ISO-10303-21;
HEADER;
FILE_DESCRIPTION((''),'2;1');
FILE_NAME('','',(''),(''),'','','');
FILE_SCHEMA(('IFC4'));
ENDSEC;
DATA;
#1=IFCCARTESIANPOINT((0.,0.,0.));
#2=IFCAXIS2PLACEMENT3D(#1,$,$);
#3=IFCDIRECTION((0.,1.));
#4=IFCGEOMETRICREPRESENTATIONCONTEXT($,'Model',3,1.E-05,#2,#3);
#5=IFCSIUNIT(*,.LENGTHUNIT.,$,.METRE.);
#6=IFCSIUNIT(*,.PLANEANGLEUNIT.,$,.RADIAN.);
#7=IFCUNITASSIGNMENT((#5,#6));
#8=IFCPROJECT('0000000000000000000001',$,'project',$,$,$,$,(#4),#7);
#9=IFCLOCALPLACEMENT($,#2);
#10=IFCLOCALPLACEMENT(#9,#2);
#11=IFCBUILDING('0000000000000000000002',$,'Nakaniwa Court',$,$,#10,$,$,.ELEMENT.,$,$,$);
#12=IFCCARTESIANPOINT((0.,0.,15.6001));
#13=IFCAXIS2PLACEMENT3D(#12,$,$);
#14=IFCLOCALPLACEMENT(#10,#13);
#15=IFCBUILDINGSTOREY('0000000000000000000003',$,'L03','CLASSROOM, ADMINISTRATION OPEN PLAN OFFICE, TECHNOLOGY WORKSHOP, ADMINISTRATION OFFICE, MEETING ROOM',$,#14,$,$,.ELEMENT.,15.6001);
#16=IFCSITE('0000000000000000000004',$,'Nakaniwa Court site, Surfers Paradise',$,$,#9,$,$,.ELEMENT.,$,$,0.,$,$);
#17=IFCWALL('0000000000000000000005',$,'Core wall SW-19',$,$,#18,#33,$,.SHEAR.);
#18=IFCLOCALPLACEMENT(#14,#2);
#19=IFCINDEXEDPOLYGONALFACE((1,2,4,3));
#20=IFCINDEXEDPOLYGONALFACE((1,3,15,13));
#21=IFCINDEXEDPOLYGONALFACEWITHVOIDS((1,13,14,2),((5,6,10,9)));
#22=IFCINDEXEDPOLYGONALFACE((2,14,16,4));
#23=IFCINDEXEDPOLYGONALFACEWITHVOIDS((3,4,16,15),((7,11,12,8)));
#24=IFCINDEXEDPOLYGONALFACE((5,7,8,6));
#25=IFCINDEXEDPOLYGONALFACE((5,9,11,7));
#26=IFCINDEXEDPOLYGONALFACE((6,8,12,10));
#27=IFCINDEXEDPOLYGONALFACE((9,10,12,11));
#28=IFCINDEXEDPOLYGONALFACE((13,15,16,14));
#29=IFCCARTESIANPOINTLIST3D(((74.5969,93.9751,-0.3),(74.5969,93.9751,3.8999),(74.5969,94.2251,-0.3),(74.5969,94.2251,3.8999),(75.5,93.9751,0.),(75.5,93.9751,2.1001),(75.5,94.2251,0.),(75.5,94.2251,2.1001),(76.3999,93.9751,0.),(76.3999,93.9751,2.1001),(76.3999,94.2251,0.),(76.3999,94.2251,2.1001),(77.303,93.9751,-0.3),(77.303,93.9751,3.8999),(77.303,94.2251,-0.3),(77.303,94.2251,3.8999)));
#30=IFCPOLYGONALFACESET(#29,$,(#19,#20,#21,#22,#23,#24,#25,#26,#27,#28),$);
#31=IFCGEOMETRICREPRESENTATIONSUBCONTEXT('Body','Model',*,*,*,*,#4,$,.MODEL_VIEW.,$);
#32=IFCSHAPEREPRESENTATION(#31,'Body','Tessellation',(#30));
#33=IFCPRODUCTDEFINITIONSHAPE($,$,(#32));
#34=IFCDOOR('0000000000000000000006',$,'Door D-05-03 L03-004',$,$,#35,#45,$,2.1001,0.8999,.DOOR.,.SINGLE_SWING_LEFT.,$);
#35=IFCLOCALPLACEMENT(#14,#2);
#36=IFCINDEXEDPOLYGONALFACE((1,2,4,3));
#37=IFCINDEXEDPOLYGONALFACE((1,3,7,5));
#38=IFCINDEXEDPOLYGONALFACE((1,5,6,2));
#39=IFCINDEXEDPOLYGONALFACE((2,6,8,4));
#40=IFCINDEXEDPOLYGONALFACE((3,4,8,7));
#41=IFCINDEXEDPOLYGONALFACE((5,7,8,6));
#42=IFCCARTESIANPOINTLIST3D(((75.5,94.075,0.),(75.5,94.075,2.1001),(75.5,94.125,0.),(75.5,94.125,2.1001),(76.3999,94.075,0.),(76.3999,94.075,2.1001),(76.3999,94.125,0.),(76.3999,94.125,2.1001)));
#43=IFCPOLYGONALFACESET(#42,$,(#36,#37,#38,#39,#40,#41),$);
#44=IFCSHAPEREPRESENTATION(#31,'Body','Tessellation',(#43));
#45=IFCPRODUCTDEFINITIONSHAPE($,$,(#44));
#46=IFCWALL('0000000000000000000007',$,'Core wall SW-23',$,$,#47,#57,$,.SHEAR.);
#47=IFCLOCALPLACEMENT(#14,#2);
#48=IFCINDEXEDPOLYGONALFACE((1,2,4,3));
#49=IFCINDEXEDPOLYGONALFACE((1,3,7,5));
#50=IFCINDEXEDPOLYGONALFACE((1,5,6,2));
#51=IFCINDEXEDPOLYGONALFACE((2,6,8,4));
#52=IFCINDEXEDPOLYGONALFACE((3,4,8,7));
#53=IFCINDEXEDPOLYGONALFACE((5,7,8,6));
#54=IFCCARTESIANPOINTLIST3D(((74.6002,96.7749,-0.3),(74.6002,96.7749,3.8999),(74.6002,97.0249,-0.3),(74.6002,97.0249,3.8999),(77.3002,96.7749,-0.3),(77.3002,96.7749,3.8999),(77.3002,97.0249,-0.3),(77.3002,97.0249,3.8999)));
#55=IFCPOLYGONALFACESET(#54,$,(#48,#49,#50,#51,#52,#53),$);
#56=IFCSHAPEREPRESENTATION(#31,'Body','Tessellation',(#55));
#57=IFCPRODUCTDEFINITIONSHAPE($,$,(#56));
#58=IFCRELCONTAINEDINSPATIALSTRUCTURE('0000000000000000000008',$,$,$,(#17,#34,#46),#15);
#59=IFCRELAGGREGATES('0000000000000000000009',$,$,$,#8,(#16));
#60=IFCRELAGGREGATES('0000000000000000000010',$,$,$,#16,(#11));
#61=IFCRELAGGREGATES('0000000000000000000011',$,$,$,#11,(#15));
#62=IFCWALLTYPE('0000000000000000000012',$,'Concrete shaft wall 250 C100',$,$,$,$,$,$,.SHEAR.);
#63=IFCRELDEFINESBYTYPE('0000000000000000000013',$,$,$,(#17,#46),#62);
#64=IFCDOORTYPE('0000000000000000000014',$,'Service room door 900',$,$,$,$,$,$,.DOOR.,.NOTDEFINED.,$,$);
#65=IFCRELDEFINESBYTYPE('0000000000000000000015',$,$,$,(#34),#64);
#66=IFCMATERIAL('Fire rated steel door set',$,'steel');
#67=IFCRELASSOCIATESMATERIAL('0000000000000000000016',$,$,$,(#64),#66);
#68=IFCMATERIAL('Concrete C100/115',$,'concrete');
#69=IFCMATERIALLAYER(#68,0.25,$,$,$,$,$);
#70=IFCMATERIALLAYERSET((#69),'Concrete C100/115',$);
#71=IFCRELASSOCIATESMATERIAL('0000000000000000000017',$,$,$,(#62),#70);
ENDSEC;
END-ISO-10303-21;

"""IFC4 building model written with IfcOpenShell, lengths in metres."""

from ifc_helpers import new_model, si_unit, direction, frame, frame_2d, origin, place, context, subcontext, project, spatial, rectangle, extrude, material, layer, layer_set, type_object, element, fill, save


model = new_model("IFC4")

# Units and contexts
model_context = context("Model", 3, precision=1e-05, world=origin(), true_north=direction((0.0, 1.0)))
body_context = subcontext(model_context, "Body", "Model", "MODEL_VIEW")
ifc_project = project(units=[si_unit("LENGTHUNIT", "METRE"), si_unit("PLANEANGLEUNIT", "RADIAN")], contexts=[model_context])

# Site, building, storey
site_placement = place(None, origin())
site = spatial("IfcSite", under=ifc_project, at=site_placement, Name="Nakaniwa Court site, Surfers Paradise", CompositionType="ELEMENT", RefElevation=0.0)
building_placement = place(site_placement, origin())
building = spatial("IfcBuilding", under=site, at=building_placement, Name="Nakaniwa Court", CompositionType="ELEMENT")
storey_placement = place(building_placement, frame((0.0, 0.0, 15.6001)))
storey = spatial("IfcBuildingStorey", under=building, at=storey_placement, Name="L03", Description="CLASSROOM, ADMINISTRATION OPEN PLAN OFFICE, TECHNOLOGY WORKSHOP, ADMINISTRATION OFFICE, MEETING ROOM", CompositionType="ELEMENT", Elevation=15.6001)

# Shared definitions
ifc_material_1 = material(Name="Fire rated steel door set", Category="steel")
door_type_1 = type_object("IfcDoorType", Name="Service room door 900", OperationType="NOTDEFINED", PredefinedType="DOOR", material=ifc_material_1)

# Shared definitions
ifc_material_2 = material(Name="Concrete C100/115", Category="concrete")

# Shared definitions
ifc_layer_1 = layer(ifc_material_2, 0.25)
ifc_layer_set_1 = layer_set([ifc_layer_1], Name="Concrete C100/115")
wall_type_1 = type_object("IfcWallType", Name="Concrete shaft wall 250 C100", PredefinedType="SHEAR", material=ifc_layer_set_1)

# Wall, opening, door
wall_1_placement = place(storey_placement, frame((74.5969, 94.1001, -0.3), z_axis=(0.0, 0.0, 1.0), x_axis=(1.0, 0.0, 0.0)))
wall_1 = element("IfcWall", 1, at=wall_1_placement, inside=storey, type_object=wall_type_1, Name="Core wall SW-19", PredefinedType="SHEAR", context=body_context, shape_type="SweptSolid", body=[
    extrude(rectangle(XDim=2.7061, YDim=0.25, at=frame_2d((1.353, 0.0))), origin(), (0.0, 0.0, 1.0), 4.2),
])
opening_1_placement = place(wall_1_placement, frame((0.9031, 0.0, 0.3)))
opening_1 = element("IfcOpeningElement", 2, at=opening_1_placement, cuts=wall_1, PredefinedType="OPENING", context=body_context, shape_type="SweptSolid", body=[
    extrude(rectangle(XDim=0.8999, YDim=2.1001, at=frame_2d((0.45, 1.05))), frame((0.0, 0.135, 0.0), z_axis=(0.0, -1.0, 0.0), x_axis=(1.0, 0.0, 0.0)), (0.0, 0.0, 1.0), 0.27),
])
door_1_placement = place(opening_1_placement, origin())
door_1 = element("IfcDoor", 3, at=door_1_placement, inside=storey, type_object=door_type_1, Name="Door D-05-03 L03-004", OperationType="SINGLE_SWING_LEFT", OverallHeight=2.1001, OverallWidth=0.8999, PredefinedType="DOOR", context=body_context, shape_type="SweptSolid", body=[
    extrude(rectangle(XDim=0.8999, YDim=2.1001, at=frame_2d((0.45, 1.05))), frame((0.0, 0.0249, 0.0), z_axis=(0.0, -1.0, 0.0), x_axis=(1.0, 0.0, 0.0)), (0.0, 0.0, 1.0), 0.05),
])
fill(opening_1, door_1)

# Wall
wall_2_placement = place(storey_placement, frame((74.6001, 96.8999, -0.3), z_axis=(0.0, 0.0, 1.0), x_axis=(1.0, 0.0, 0.0)))
element("IfcWall", 4, at=wall_2_placement, inside=storey, type_object=wall_type_1, Name="Core wall SW-23", PredefinedType="SHEAR", context=body_context, shape_type="SweptSolid", body=[
    extrude(rectangle(XDim=2.7, YDim=0.25, at=frame_2d((1.3501, 0.0))), origin(), (0.0, 0.0, 1.0), 4.2),
])

save(model, "model.ifc")
